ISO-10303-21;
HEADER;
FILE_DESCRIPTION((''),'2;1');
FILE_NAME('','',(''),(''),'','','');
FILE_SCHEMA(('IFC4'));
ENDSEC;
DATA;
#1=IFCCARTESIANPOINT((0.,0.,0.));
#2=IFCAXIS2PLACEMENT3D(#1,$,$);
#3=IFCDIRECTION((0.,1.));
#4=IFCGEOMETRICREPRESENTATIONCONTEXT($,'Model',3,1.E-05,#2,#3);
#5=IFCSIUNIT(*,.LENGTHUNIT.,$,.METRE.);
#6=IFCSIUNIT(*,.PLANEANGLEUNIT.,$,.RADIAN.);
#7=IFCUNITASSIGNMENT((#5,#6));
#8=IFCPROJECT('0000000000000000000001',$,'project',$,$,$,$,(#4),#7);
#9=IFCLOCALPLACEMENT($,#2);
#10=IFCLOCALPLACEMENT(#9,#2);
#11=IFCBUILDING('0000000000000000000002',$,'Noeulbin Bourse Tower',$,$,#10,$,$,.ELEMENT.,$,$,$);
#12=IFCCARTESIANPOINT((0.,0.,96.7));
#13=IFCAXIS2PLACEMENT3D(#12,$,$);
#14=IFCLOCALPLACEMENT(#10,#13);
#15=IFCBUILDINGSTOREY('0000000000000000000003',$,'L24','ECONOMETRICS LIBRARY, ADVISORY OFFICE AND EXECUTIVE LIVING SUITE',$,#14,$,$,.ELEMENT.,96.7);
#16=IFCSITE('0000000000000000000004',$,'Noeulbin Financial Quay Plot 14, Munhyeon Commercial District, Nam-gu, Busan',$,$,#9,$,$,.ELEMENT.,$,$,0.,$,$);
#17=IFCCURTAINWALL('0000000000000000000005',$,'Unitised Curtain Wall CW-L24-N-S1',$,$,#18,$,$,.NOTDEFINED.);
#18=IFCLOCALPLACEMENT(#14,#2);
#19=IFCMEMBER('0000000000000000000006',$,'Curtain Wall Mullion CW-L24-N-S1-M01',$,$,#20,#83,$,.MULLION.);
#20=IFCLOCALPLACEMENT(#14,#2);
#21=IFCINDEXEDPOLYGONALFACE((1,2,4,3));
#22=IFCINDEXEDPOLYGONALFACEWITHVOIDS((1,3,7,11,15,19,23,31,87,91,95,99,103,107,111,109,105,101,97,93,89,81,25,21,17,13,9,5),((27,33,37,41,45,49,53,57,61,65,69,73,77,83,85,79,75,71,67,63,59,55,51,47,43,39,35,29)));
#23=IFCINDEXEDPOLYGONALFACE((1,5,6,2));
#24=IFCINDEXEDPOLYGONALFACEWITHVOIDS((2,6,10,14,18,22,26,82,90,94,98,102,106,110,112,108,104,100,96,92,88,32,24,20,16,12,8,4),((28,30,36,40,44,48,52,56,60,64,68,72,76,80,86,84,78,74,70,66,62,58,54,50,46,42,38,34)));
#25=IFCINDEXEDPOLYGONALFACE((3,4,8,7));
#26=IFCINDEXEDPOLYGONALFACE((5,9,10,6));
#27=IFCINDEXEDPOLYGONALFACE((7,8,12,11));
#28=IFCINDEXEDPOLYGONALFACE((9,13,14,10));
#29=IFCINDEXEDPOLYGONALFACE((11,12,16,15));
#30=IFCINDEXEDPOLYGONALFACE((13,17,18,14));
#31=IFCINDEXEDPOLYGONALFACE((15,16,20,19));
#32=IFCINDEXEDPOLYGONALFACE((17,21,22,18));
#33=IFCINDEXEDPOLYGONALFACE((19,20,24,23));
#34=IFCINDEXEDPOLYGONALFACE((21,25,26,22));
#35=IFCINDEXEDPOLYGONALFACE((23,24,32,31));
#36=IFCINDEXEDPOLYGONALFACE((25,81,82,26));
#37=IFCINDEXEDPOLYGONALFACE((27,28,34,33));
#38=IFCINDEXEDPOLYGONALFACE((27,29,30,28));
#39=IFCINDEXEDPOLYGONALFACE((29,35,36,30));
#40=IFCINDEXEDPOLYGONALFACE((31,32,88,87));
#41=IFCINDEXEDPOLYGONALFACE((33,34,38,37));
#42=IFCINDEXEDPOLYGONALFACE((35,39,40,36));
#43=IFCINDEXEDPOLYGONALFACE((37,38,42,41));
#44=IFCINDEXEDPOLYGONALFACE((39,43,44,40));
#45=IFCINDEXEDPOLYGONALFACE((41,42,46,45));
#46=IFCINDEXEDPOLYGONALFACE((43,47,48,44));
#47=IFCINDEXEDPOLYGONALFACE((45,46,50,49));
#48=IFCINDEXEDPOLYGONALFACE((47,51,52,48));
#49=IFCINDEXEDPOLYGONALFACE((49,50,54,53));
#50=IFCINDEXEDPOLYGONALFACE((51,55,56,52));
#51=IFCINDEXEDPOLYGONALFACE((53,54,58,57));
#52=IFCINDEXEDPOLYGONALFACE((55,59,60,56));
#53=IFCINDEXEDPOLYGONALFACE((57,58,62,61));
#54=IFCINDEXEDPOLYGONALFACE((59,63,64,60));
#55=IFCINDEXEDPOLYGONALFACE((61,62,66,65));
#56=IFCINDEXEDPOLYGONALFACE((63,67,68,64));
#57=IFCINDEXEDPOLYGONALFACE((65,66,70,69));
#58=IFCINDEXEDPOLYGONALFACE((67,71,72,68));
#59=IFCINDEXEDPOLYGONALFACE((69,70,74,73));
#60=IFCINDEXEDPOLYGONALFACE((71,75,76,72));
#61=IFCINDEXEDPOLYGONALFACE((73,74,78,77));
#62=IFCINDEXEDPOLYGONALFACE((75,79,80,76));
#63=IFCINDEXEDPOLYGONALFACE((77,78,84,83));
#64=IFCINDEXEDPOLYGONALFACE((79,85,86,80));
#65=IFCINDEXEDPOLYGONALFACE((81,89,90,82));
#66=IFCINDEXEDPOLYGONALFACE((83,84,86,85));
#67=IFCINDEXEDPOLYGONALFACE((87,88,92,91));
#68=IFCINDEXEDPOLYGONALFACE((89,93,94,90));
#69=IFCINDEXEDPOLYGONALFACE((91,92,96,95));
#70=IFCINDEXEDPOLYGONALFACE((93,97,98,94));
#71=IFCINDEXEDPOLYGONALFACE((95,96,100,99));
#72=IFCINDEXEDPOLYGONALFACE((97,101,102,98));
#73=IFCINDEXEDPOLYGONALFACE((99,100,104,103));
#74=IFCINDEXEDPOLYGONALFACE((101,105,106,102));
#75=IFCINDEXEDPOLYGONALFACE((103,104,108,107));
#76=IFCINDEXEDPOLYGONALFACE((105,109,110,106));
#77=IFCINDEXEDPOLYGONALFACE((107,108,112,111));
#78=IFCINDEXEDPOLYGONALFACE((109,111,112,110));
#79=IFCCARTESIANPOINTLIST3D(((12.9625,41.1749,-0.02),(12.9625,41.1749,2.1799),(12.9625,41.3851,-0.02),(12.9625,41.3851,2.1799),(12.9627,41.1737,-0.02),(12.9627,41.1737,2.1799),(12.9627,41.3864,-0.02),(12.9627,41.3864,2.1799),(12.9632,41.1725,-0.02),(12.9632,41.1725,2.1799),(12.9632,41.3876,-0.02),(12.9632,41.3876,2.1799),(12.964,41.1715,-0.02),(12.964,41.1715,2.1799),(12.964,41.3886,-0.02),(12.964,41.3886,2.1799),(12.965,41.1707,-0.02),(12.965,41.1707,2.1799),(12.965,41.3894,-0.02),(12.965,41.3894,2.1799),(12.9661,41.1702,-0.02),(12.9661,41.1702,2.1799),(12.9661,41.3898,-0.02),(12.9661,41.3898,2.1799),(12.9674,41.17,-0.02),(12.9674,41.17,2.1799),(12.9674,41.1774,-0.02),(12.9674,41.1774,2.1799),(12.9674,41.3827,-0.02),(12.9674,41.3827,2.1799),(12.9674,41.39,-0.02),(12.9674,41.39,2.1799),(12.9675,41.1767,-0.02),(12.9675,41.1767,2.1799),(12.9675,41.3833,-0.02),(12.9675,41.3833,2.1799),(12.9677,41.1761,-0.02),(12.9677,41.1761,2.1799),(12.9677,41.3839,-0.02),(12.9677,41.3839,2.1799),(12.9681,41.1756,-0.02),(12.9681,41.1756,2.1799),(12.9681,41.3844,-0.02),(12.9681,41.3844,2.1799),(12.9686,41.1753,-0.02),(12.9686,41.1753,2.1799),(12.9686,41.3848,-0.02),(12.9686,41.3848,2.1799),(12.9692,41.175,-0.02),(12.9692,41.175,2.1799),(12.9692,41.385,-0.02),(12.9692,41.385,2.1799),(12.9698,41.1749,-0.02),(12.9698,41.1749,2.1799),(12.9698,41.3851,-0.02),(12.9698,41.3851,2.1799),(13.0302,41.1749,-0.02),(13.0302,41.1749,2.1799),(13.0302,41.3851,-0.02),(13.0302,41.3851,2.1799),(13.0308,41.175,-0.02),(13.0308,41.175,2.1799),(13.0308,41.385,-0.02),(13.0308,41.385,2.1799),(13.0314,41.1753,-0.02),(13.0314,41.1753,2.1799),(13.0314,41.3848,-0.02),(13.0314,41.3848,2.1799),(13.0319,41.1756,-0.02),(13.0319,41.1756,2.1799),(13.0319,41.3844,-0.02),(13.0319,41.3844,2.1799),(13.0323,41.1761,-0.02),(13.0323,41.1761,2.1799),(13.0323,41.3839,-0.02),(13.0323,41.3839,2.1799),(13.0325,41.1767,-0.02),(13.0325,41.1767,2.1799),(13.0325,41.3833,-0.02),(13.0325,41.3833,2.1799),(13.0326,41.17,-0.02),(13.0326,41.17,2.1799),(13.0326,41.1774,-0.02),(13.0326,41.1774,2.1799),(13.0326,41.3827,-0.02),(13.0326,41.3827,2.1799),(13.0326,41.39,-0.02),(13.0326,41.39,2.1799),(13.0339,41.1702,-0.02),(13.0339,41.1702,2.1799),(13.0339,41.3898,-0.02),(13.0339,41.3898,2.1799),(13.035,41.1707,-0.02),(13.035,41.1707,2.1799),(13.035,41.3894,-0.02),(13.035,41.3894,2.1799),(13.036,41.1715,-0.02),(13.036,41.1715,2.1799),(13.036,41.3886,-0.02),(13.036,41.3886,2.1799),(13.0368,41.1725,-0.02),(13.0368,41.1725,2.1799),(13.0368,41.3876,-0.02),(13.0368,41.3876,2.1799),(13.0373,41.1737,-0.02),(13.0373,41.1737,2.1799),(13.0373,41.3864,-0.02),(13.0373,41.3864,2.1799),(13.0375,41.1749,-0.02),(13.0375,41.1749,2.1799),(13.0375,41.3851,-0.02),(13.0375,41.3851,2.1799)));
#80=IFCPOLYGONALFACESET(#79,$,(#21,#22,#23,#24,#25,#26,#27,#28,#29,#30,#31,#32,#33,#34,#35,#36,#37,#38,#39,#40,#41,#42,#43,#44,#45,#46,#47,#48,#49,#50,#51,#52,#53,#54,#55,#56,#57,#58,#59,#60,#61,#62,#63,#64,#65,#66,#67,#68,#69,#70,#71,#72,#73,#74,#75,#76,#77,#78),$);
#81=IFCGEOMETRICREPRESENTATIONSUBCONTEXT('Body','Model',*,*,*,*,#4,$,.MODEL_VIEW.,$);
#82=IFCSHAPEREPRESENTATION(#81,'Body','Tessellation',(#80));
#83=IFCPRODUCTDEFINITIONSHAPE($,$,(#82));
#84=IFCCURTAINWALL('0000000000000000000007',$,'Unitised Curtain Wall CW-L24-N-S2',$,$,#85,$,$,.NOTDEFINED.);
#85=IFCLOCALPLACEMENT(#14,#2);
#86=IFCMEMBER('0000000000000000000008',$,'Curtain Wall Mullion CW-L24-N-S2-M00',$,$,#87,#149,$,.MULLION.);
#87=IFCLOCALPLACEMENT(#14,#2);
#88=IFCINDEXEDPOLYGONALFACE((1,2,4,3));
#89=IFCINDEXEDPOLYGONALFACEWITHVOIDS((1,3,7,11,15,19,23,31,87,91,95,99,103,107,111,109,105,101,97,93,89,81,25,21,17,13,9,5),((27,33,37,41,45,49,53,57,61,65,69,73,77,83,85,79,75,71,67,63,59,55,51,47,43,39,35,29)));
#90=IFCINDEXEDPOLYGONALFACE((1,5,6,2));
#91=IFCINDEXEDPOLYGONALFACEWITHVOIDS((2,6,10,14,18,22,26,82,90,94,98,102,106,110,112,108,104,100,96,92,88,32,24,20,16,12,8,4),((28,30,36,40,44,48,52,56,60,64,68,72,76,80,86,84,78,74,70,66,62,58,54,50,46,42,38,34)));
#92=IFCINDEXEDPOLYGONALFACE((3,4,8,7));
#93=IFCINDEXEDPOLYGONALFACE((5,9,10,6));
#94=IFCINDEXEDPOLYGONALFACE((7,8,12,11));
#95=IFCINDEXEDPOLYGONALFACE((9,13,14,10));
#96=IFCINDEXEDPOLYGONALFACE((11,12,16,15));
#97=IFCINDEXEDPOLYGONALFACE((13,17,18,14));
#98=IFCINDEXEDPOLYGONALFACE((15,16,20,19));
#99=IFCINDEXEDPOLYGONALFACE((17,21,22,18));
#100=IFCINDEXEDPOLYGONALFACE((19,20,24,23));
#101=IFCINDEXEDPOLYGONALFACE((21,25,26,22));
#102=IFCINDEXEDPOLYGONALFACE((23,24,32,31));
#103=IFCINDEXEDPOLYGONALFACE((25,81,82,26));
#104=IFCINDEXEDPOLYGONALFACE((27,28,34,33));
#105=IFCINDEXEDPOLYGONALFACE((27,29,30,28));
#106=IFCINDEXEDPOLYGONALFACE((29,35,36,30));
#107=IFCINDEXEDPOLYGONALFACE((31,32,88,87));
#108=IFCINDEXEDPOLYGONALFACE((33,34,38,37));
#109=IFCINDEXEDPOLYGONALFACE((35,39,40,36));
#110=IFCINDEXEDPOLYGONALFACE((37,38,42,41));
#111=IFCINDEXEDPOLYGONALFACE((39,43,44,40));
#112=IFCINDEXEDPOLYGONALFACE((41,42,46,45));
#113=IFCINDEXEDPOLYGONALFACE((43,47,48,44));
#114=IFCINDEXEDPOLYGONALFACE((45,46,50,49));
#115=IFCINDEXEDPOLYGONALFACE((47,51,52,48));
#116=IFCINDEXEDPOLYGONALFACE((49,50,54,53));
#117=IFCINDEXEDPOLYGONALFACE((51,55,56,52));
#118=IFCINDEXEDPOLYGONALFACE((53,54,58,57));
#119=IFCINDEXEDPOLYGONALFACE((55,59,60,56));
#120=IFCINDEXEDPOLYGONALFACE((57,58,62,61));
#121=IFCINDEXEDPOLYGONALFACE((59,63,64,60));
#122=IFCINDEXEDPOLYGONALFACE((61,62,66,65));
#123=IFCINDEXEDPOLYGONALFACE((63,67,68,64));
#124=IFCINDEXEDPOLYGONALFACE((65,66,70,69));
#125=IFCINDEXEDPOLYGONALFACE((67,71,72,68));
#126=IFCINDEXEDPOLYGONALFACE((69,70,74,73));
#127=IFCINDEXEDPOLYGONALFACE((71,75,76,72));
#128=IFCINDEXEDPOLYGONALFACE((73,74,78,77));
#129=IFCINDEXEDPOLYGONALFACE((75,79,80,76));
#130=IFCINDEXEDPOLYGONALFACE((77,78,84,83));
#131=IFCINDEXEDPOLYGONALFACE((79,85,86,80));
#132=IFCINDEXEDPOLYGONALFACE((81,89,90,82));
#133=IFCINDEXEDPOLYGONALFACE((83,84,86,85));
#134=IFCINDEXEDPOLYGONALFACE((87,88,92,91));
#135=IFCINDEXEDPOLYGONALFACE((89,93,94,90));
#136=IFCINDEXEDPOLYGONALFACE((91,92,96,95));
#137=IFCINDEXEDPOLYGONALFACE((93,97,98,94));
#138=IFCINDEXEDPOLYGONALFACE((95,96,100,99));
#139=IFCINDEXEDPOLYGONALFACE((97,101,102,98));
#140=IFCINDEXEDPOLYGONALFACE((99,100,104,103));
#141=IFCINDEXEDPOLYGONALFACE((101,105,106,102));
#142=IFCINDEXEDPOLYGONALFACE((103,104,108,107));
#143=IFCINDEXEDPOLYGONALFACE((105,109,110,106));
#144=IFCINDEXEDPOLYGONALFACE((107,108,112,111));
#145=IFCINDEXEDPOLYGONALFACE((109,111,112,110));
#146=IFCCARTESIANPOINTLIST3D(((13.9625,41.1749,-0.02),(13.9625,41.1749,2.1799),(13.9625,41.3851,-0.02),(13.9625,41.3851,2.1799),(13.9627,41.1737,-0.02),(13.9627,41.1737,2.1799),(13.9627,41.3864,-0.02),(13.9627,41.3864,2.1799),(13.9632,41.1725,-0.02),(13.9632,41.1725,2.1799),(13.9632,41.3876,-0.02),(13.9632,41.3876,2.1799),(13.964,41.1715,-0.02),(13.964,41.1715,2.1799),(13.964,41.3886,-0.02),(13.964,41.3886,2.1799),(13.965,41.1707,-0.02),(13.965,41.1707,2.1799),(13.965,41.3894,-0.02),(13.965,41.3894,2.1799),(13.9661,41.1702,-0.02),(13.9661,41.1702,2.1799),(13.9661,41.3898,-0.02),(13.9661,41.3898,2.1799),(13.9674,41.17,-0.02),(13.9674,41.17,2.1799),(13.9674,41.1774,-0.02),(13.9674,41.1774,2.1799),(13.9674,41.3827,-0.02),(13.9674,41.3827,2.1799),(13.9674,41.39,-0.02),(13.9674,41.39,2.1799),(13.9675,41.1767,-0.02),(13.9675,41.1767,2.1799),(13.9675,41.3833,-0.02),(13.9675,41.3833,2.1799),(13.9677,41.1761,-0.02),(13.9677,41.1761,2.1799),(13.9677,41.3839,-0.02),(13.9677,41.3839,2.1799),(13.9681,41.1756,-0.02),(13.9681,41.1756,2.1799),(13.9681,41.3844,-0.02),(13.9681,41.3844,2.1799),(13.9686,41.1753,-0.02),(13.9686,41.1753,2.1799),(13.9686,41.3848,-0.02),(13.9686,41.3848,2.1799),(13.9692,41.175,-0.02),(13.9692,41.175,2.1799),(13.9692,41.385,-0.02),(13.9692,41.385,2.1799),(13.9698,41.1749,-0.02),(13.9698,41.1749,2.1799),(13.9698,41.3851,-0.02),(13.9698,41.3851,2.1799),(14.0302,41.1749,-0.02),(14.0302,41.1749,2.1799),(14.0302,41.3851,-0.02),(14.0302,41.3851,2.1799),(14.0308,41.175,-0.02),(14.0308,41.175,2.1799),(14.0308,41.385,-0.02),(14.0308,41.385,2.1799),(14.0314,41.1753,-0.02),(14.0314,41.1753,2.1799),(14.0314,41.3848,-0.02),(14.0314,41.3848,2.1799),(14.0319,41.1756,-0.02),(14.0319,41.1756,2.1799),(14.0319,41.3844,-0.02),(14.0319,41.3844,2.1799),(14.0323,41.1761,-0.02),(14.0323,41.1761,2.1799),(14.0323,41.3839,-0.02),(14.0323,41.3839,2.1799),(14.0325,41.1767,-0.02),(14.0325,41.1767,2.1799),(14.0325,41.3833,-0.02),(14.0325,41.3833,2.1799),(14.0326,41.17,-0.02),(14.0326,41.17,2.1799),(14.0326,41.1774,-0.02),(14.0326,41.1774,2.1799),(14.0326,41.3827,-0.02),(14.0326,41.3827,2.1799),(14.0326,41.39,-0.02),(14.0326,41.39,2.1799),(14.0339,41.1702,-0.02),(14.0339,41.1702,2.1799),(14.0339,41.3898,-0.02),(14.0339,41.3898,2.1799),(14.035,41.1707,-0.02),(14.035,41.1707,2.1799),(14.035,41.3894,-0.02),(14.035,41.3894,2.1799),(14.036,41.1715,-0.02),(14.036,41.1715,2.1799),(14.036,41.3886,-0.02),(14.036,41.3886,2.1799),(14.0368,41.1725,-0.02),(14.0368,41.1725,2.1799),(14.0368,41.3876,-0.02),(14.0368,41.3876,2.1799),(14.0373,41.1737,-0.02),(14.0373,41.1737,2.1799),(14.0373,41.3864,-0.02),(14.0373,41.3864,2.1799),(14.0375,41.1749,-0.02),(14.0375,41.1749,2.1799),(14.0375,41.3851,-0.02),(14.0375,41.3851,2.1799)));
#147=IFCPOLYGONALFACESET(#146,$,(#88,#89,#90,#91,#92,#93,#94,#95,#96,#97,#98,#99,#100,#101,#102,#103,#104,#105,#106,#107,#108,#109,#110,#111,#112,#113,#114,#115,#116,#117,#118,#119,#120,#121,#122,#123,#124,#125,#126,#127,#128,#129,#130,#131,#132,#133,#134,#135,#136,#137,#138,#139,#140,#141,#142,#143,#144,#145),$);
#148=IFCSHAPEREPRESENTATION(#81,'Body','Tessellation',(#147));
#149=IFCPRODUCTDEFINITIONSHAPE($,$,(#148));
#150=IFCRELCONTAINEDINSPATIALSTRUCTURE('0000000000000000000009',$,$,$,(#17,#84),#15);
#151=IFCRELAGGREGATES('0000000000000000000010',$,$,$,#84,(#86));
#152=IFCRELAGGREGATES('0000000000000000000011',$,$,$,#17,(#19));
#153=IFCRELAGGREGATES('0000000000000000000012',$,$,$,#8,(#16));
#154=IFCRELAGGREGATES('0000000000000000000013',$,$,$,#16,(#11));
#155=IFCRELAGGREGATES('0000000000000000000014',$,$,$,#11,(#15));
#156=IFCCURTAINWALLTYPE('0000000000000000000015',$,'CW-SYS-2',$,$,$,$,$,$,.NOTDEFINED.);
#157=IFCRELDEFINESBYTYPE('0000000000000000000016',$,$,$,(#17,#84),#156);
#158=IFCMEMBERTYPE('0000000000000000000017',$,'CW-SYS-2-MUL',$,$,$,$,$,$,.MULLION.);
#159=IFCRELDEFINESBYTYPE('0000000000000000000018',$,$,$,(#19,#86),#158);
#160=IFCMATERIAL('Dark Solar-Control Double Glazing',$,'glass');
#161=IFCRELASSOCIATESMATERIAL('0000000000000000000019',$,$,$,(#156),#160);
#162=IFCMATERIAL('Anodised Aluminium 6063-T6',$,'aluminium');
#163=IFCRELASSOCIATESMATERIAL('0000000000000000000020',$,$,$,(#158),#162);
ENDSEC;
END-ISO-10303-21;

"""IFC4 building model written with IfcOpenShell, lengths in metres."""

from ifc_helpers import new_model, si_unit, direction, frame, origin, origin_2d, place, context, subcontext, project, spatial, hollow_rectangle, extrude, material, material_profile, profile_set, type_object, element, aggregate, save


model = new_model("IFC4")

# Units and contexts
model_context = context("Model", 3, precision=1e-05, world=origin(), true_north=direction((0.0, 1.0)))
body_context = subcontext(model_context, "Body", "Model", "MODEL_VIEW")
ifc_project = project(units=[si_unit("LENGTHUNIT", "METRE"), si_unit("PLANEANGLEUNIT", "RADIAN")], contexts=[model_context])

# Site, building, storey
site_placement = place(None, origin())
site = spatial("IfcSite", under=ifc_project, at=site_placement, Name="Noeulbin Financial Quay Plot 14, Munhyeon Commercial District, Nam-gu, Busan", CompositionType="ELEMENT", RefElevation=0.0)
building_placement = place(site_placement, origin())
building = spatial("IfcBuilding", under=site, at=building_placement, Name="Noeulbin Bourse Tower", CompositionType="ELEMENT")
storey_placement = place(building_placement, frame((0.0, 0.0, 96.7)))
storey = spatial("IfcBuildingStorey", under=building, at=storey_placement, Name="L24", Description="ECONOMETRICS LIBRARY, ADVISORY OFFICE AND EXECUTIVE LIVING SUITE", CompositionType="ELEMENT", Elevation=96.7)

# Curtain wall, member
ifc_material_1 = material(Name="Dark Solar-Control Double Glazing", Category="glass")
curtain_wall_type = type_object("IfcCurtainWallType", Name="CW-SYS-2", PredefinedType="NOTDEFINED", material=ifc_material_1)
curtain_wall_1_placement = place(storey_placement, origin())
curtain_wall_1 = element("IfcCurtainWall", 1, at=curtain_wall_1_placement, inside=storey, type_object=curtain_wall_type, Name="Unitised Curtain Wall CW-L24-N-S1", PredefinedType="NOTDEFINED")
ifc_material_2 = material(Name="Anodised Aluminium 6063-T6", Category="aluminium")
ifc_material_profile_1 = material_profile(ifc_material_2, hollow_rectangle(XDim=0.075, YDim=0.22, WallThickness=0.0049, InnerFilletRadius=0.0024, OuterFilletRadius=0.0049, at=origin_2d()), Name="ALU-MULL-75x220x5", Category="LoadBearing")
ifc_profile_set_1 = profile_set([ifc_material_profile_1], Name="Anodised Aluminium 6063-T6")
member_type_1 = type_object("IfcMemberType", Name="CW-SYS-2-MUL", PredefinedType="MULLION", material=ifc_profile_set_1)
member_1_placement = place(storey_placement, frame((13.0, 41.28, -0.02), z_axis=(0.0, 0.0, 1.0), x_axis=(1.0, 0.0, 0.0)))
member_1 = element("IfcMember", 2, at=member_1_placement, type_object=member_type_1, Name="Curtain Wall Mullion CW-L24-N-S1-M01", PredefinedType="MULLION", context=body_context, shape_type="SweptSolid", body=[
    extrude(hollow_rectangle(XDim=0.075, YDim=0.22, WallThickness=0.0049, InnerFilletRadius=0.0024, OuterFilletRadius=0.0049, at=origin_2d()), origin(), (0.0, 0.0, 1.0), 2.2),
])

# Curtain wall, member
curtain_wall_2_placement = place(storey_placement, origin())
curtain_wall_2 = element("IfcCurtainWall", 3, at=curtain_wall_2_placement, inside=storey, type_object=curtain_wall_type, Name="Unitised Curtain Wall CW-L24-N-S2", PredefinedType="NOTDEFINED")
member_2_placement = place(storey_placement, frame((14.0, 41.28, -0.02), z_axis=(0.0, 0.0, 1.0), x_axis=(1.0, 0.0, 0.0)))
member_2 = element("IfcMember", 4, at=member_2_placement, type_object=member_type_1, Name="Curtain Wall Mullion CW-L24-N-S2-M00", PredefinedType="MULLION", context=body_context, shape_type="SweptSolid", body=[
    extrude(hollow_rectangle(XDim=0.075, YDim=0.22, WallThickness=0.0049, InnerFilletRadius=0.0024, OuterFilletRadius=0.0049, at=origin_2d()), origin(), (0.0, 0.0, 1.0), 2.2),
])

aggregate(curtain_wall_2, [member_2])

aggregate(curtain_wall_1, [member_1])

save(model, "model.ifc")
